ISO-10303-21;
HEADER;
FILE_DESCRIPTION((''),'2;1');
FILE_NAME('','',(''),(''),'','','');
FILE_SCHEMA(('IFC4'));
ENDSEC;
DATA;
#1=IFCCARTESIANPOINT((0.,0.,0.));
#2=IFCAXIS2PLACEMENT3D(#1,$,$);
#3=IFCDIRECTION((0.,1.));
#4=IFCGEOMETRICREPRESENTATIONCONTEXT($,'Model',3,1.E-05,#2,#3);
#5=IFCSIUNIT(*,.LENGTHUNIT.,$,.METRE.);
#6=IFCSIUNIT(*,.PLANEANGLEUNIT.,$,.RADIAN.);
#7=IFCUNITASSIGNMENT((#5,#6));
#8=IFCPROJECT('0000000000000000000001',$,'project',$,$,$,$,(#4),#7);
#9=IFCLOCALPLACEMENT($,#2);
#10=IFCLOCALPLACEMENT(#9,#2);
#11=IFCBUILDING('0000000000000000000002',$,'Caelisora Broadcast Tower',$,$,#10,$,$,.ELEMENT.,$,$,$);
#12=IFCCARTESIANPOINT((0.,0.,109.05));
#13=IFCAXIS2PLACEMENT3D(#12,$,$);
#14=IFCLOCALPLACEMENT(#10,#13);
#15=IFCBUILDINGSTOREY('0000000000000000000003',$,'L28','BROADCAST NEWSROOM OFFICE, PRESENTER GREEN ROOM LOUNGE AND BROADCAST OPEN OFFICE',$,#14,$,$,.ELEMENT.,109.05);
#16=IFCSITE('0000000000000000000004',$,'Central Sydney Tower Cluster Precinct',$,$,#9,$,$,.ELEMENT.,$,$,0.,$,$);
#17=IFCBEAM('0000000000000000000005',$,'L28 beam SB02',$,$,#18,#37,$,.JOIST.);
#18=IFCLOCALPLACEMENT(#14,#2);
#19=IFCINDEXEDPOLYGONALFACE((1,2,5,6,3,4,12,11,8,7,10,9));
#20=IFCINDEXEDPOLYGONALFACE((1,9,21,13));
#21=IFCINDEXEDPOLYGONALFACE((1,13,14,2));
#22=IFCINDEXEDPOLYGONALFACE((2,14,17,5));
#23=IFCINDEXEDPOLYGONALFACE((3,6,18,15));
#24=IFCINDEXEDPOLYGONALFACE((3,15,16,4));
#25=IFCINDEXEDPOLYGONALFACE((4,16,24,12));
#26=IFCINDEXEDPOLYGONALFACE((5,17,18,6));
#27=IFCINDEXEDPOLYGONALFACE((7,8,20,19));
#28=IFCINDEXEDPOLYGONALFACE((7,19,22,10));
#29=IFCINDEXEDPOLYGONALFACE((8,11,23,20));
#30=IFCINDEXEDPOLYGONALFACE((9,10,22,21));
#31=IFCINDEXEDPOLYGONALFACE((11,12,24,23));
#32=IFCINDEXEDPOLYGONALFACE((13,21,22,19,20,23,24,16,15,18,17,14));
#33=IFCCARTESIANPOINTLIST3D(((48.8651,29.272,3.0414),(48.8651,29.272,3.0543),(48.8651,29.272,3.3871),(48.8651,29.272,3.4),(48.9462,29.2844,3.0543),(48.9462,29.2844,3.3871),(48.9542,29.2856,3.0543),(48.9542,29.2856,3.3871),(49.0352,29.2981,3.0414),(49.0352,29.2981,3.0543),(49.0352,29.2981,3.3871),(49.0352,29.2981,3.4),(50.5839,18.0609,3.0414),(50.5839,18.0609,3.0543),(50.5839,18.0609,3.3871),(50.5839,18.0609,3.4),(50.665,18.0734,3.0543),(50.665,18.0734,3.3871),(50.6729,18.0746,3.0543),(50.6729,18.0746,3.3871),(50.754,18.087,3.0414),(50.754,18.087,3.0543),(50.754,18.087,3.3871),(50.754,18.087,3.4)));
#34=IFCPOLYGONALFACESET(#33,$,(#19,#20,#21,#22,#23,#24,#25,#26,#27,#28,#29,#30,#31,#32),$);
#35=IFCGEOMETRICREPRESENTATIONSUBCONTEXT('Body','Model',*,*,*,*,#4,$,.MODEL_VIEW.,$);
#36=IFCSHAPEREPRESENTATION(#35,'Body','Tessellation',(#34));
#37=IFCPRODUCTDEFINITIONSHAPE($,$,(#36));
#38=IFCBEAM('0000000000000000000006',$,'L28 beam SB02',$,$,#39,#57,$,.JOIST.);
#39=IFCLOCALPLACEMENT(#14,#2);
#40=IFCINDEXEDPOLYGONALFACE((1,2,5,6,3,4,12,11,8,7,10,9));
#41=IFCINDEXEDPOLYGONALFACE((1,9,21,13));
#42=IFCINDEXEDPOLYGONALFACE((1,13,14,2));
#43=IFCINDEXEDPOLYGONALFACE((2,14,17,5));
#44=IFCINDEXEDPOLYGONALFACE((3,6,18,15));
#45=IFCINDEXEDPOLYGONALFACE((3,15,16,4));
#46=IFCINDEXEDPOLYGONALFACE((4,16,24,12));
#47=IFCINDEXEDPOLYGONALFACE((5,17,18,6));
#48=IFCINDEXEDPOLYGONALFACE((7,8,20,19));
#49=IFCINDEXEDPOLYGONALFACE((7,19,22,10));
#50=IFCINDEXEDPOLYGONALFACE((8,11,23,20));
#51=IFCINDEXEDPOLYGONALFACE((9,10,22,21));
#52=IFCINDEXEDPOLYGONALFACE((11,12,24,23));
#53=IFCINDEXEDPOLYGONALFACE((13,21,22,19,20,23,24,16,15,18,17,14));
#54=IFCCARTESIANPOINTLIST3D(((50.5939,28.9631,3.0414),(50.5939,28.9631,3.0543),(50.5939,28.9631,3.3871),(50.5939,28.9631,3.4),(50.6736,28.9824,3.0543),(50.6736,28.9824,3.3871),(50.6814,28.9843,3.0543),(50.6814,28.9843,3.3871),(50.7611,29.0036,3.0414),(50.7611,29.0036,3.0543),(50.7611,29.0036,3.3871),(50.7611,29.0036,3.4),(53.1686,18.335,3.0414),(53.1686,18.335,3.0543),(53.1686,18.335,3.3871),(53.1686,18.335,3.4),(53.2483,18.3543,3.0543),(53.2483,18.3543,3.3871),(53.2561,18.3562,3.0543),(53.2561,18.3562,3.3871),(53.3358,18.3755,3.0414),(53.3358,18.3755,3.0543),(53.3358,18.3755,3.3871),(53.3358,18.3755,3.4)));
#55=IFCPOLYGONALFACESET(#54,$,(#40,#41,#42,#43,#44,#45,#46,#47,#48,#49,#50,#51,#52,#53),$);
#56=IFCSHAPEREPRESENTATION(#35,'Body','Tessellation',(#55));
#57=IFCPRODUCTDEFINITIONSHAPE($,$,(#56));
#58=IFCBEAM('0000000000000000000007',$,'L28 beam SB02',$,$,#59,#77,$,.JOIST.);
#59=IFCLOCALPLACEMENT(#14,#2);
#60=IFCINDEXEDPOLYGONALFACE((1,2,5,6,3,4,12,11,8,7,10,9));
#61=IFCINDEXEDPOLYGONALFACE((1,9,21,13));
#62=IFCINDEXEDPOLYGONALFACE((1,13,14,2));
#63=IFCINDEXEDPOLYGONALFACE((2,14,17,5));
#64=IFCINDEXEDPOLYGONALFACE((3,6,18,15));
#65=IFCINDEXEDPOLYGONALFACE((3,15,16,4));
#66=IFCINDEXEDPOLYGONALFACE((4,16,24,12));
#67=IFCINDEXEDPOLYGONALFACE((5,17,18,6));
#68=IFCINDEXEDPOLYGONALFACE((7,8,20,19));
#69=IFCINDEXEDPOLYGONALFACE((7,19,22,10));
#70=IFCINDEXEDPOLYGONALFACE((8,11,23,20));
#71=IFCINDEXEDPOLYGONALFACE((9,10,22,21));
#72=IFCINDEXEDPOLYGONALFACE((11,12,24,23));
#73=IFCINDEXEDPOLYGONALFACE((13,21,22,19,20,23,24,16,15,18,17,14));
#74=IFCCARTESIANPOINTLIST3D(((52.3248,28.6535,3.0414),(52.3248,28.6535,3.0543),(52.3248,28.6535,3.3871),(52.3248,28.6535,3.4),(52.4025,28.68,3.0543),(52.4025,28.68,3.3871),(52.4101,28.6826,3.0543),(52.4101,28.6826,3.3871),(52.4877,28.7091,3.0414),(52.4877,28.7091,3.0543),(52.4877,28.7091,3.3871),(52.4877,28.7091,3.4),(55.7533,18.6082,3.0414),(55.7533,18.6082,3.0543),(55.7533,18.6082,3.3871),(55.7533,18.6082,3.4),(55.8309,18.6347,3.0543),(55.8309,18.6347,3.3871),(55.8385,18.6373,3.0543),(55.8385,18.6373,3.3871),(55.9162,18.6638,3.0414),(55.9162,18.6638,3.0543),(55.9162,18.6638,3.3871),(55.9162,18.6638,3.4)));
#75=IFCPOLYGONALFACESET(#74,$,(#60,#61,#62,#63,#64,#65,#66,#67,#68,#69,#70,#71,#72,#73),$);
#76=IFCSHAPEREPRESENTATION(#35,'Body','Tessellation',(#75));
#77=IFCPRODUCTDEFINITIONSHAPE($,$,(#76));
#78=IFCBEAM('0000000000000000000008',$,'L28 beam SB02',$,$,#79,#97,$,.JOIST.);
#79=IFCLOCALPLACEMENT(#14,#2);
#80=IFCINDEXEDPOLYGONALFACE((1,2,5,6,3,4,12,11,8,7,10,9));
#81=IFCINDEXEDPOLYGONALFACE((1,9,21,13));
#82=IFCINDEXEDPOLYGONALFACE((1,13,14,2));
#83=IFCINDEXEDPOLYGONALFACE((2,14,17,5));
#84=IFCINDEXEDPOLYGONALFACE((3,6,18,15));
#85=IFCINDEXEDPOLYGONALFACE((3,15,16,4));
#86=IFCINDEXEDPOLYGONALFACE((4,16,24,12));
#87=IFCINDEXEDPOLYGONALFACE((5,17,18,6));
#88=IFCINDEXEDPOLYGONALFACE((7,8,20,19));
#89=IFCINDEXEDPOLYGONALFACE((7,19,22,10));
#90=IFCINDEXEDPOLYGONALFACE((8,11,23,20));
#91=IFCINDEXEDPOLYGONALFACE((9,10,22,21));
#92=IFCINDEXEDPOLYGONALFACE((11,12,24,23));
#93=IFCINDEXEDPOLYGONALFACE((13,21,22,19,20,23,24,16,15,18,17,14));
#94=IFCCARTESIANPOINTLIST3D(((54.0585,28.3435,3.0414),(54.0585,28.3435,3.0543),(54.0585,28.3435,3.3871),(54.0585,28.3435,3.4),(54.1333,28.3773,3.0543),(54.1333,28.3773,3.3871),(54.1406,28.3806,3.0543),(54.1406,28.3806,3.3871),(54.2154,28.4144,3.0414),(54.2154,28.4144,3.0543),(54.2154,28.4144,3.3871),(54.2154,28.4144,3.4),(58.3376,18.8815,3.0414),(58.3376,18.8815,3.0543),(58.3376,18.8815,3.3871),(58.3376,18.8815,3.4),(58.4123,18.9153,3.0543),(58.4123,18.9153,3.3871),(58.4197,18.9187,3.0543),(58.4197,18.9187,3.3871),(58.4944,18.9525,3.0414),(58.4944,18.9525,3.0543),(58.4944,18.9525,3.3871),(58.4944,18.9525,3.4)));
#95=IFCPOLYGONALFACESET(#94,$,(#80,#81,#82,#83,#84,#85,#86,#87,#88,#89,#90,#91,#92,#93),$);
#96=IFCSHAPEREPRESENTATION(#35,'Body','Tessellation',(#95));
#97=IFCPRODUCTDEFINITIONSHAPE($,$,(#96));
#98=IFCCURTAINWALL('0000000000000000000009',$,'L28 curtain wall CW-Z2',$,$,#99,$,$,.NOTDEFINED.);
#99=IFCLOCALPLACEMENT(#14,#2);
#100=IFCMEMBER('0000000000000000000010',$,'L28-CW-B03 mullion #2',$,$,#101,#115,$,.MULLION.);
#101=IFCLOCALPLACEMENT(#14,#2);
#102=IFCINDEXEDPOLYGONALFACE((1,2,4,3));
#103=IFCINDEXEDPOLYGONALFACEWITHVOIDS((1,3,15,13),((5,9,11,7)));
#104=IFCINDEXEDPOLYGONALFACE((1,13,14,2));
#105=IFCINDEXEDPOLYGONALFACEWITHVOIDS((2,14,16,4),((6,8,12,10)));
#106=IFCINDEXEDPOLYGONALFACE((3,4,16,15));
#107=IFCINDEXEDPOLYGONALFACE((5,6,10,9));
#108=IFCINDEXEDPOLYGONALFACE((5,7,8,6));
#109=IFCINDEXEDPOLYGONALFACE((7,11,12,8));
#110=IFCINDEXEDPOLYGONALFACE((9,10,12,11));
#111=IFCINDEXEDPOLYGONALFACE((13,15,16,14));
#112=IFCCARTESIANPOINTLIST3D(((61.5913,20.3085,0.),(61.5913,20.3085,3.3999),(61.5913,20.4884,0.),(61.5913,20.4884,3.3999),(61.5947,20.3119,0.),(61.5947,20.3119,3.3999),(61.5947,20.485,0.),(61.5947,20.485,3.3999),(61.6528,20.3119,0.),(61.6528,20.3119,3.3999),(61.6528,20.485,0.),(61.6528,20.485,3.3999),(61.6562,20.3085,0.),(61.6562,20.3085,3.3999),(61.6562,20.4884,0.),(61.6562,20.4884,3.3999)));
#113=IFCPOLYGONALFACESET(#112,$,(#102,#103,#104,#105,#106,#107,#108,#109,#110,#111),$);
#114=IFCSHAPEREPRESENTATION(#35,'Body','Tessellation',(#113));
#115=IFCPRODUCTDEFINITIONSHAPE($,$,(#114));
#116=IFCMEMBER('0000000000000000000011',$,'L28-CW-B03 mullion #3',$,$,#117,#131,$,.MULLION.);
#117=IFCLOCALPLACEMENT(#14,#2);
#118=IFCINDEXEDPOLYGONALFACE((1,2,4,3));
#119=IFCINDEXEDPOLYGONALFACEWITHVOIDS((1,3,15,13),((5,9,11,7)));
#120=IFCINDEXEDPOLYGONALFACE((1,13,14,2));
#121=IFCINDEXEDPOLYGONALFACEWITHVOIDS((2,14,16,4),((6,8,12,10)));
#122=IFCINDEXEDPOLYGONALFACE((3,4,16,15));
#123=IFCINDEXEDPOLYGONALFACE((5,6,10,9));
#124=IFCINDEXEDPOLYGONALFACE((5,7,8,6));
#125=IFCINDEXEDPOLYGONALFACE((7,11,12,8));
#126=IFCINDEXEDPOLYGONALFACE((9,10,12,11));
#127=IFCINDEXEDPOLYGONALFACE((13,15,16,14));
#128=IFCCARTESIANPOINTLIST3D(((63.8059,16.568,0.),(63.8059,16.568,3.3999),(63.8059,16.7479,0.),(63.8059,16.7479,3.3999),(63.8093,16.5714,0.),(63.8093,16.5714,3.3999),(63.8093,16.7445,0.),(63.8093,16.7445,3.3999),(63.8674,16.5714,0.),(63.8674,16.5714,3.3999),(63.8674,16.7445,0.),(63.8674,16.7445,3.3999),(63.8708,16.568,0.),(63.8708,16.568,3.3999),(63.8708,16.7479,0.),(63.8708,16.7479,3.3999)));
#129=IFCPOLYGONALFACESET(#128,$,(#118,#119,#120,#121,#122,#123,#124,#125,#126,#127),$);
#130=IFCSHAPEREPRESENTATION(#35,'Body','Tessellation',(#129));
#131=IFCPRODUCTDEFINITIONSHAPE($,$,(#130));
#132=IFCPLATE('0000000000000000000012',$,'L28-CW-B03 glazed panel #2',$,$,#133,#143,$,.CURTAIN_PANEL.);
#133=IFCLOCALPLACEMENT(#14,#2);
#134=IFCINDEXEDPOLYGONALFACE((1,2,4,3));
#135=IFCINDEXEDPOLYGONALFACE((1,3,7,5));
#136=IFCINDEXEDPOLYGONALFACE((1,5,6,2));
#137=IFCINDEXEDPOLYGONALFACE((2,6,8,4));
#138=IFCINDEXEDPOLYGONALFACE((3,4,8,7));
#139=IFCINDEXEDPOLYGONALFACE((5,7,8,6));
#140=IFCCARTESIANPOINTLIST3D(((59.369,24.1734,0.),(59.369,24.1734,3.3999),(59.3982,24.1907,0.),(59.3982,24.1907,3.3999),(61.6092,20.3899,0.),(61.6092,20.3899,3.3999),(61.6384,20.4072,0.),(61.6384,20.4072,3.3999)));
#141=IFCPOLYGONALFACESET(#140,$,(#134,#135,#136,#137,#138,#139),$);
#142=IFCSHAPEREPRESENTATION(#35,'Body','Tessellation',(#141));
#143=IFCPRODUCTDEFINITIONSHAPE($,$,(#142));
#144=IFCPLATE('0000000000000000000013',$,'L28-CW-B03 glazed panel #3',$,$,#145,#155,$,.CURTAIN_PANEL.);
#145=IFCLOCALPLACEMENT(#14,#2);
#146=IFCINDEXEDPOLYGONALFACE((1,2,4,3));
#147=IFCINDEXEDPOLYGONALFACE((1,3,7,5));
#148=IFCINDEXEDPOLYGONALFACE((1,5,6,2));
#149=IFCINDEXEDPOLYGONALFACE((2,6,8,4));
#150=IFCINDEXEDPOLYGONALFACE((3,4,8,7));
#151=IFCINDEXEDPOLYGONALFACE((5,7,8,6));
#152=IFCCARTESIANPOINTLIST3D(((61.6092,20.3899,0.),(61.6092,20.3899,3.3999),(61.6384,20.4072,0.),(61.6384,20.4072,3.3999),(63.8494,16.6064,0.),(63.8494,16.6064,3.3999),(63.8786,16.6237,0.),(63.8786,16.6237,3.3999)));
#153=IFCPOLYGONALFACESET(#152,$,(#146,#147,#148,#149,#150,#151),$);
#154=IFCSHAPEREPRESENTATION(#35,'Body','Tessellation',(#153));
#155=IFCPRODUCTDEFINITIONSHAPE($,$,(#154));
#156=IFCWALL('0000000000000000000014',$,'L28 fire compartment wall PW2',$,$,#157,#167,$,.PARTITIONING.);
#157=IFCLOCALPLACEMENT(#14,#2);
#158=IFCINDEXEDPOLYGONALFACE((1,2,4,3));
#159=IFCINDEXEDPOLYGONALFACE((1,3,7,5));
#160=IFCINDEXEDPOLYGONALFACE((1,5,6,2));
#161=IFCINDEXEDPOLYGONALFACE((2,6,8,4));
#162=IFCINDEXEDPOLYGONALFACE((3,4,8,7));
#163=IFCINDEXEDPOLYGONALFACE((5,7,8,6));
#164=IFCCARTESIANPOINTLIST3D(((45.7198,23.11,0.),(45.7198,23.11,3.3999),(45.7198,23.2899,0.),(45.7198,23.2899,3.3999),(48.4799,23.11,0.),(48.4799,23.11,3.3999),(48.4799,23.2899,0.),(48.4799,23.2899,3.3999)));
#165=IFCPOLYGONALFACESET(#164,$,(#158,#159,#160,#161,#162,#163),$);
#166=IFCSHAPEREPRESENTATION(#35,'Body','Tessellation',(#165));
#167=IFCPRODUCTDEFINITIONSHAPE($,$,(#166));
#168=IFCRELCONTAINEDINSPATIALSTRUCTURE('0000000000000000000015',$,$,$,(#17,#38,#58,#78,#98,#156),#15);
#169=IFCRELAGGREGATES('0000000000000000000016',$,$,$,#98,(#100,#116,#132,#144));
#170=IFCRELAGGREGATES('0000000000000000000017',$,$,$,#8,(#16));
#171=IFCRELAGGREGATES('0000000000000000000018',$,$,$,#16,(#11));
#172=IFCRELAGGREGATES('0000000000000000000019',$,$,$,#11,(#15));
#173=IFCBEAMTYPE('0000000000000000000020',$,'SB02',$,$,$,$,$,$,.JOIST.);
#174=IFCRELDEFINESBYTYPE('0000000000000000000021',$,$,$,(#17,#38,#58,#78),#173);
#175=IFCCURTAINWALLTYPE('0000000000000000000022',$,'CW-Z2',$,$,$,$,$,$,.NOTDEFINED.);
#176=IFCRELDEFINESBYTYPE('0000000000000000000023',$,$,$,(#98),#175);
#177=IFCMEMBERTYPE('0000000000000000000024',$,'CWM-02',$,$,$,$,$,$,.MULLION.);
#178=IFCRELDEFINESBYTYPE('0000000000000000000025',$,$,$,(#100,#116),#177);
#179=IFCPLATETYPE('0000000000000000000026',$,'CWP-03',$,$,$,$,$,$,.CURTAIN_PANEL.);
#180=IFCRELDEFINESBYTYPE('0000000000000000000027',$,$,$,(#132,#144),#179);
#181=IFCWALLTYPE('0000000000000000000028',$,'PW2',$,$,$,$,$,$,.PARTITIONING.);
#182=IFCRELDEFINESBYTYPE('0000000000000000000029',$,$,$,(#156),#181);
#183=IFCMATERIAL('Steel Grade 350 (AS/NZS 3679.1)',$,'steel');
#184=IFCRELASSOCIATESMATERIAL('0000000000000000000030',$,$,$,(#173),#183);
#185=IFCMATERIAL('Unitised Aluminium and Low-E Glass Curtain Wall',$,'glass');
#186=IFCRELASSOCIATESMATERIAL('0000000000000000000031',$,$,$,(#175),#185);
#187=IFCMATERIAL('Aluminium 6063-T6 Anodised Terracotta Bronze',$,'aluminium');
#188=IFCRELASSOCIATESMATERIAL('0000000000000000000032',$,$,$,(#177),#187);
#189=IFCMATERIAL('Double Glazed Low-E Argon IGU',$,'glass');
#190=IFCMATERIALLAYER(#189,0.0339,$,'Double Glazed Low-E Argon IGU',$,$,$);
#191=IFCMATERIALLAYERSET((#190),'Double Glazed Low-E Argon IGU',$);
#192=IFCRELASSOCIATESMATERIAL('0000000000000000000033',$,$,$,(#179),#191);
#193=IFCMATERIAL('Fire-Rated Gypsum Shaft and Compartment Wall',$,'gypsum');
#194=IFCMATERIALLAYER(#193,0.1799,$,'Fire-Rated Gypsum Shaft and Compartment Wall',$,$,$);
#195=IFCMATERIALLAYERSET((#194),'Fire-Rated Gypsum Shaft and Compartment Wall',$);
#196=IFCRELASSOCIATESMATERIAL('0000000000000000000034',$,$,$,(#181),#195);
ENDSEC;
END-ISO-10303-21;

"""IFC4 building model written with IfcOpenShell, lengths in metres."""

from ifc_helpers import new_model, si_unit, direction, frame, frame_2d, origin, origin_2d, place, context, subcontext, project, spatial, rectangle, hollow_rectangle, i_section, extrude, source, transform, mapped, material, layer, layer_set, material_profile, profile_set, type_object, type_shapes, element, aggregate, save


model = new_model("IFC4")

# Units and contexts
model_context = context("Model", 3, precision=1e-05, world=origin(), true_north=direction((0.0, 1.0)))
body_context = subcontext(model_context, "Body", "Model", "MODEL_VIEW")
ifc_project = project(units=[si_unit("LENGTHUNIT", "METRE"), si_unit("PLANEANGLEUNIT", "RADIAN")], contexts=[model_context])

# Site, building, storey
site_placement = place(None, origin())
site = spatial("IfcSite", under=ifc_project, at=site_placement, Name="Central Sydney Tower Cluster Precinct", CompositionType="ELEMENT", RefElevation=0.0)
building_placement = place(site_placement, origin())
building = spatial("IfcBuilding", under=site, at=building_placement, Name="Caelisora Broadcast Tower", CompositionType="ELEMENT")
storey_placement = place(building_placement, frame((0.0, 0.0, 109.05)))
storey = spatial("IfcBuildingStorey", under=building, at=storey_placement, Name="L28", Description="BROADCAST NEWSROOM OFFICE, PRESENTER GREEN ROOM LOUNGE AND BROADCAST OPEN OFFICE", CompositionType="ELEMENT", Elevation=109.05)

# Beams
ifc_material_1 = material(Name="Steel Grade 350 (AS/NZS 3679.1)", Category="steel")
ifc_material_profile_1 = material_profile(ifc_material_1, i_section(OverallWidth=0.1721, OverallDepth=0.3586, WebThickness=0.0081, FlangeThickness=0.0129, at=origin_2d()), Name="Steel Grade 350 (AS/NZS 3679.1)")
ifc_profile_set_1 = profile_set([ifc_material_profile_1], Name="Steel Grade 350 (AS/NZS 3679.1)")
beam_type_1 = type_object("IfcBeamType", Name="SB02", PredefinedType="JOIST", material=ifc_profile_set_1)
shared_shape_1 = source(origin(), body_context, "Body", "SweptSolid", [
    extrude(i_section(OverallWidth=0.1721, OverallDepth=0.3586, WebThickness=0.0081, FlangeThickness=0.0129, at=origin_2d()), origin(), (0.0, 0.0, 1.0), 11.342),
])
beam_1_placement = place(storey_placement, frame((50.6689, 18.074, 3.2207), z_axis=(-0.15154, 0.988451, 0.0), x_axis=(-0.988451, -0.15154, 0.0)))
element("IfcBeam", 1, at=beam_1_placement, inside=storey, type_object=beam_type_1, Name="L28 beam SB02", PredefinedType="JOIST", context=body_context, shape_type="MappedRepresentation", body=[
    mapped(shared_shape_1, transform((0.0, 0.0, 0.0), scale=1.0)),
])
shared_shape_2 = source(origin(), body_context, "Body", "SweptSolid", [
    extrude(i_section(OverallWidth=0.1721, OverallDepth=0.3586, WebThickness=0.0081, FlangeThickness=0.0129, at=origin_2d()), origin(), (0.0, 0.0, 1.0), 10.9355),
])
beam_2_placement = place(storey_placement, frame((53.2522, 18.3552, 3.2207), z_axis=(-0.235443, 0.971888, 0.0), x_axis=(-0.971888, -0.235443, 0.0)))
element("IfcBeam", 2, at=beam_2_placement, inside=storey, type_object=beam_type_1, Name="L28 beam SB02", PredefinedType="JOIST", context=body_context, shape_type="MappedRepresentation", body=[
    mapped(shared_shape_2, transform((0.0, 0.0, 0.0), scale=1.0)),
])
shared_shape_3 = source(origin(), body_context, "Body", "SweptSolid", [
    extrude(i_section(OverallWidth=0.1721, OverallDepth=0.3586, WebThickness=0.0081, FlangeThickness=0.0129, at=origin_2d()), origin(), (0.0, 0.0, 1.0), 10.6143),
])
beam_3_placement = place(storey_placement, frame((55.8347, 18.636, 3.2207), z_axis=(-0.323003, 0.946398, 0.0), x_axis=(-0.946398, -0.323003, 0.0)))
element("IfcBeam", 3, at=beam_3_placement, inside=storey, type_object=beam_type_1, Name="L28 beam SB02", PredefinedType="JOIST", context=body_context, shape_type="MappedRepresentation", body=[
    mapped(shared_shape_3, transform((0.0, 0.0, 0.0), scale=1.0)),
])
shared_shape_4 = source(origin(), body_context, "Body", "SweptSolid", [
    extrude(i_section(OverallWidth=0.1721, OverallDepth=0.3586, WebThickness=0.0081, FlangeThickness=0.0129, at=origin_2d()), origin(), (0.0, 0.0, 1.0), 10.3845),
])
beam_4_placement = place(storey_placement, frame((58.416, 18.917, 3.2207), z_axis=(-0.412061, 0.911156, 0.0), x_axis=(-0.911156, -0.412061, 0.0)))
element("IfcBeam", 4, at=beam_4_placement, inside=storey, type_object=beam_type_1, Name="L28 beam SB02", PredefinedType="JOIST", context=body_context, shape_type="MappedRepresentation", body=[
    mapped(shared_shape_4, transform((0.0, 0.0, 0.0), scale=1.0)),
])

# Curtain wall, members, plates
ifc_material_2 = material(Name="Unitised Aluminium and Low-E Glass Curtain Wall", Category="glass")
curtain_wall_type = type_object("IfcCurtainWallType", Name="CW-Z2", PredefinedType="NOTDEFINED", material=ifc_material_2)
curtain_wall_placement = place(storey_placement, origin())
curtain_wall = element("IfcCurtainWall", 5, at=curtain_wall_placement, inside=storey, type_object=curtain_wall_type, Name="L28 curtain wall CW-Z2", PredefinedType="NOTDEFINED")
ifc_material_3 = material(Name="Aluminium 6063-T6 Anodised Terracotta Bronze", Category="aluminium")
ifc_material_profile_2 = material_profile(ifc_material_3, hollow_rectangle(XDim=0.0649, YDim=0.1799, WallThickness=0.0034, at=origin_2d()), Name="Aluminium 6063-T6 Anodised Terracotta Bronze")
ifc_profile_set_2 = profile_set([ifc_material_profile_2], Name="Aluminium 6063-T6 Anodised Terracotta Bronze")
member_type = type_object("IfcMemberType", Name="CWM-02", PredefinedType="MULLION", material=ifc_profile_set_2)
shared_shape_5 = source(origin(), body_context, "Body", "SweptSolid", [
    extrude(hollow_rectangle(XDim=0.0649, YDim=0.1799, WallThickness=0.0034, at=origin_2d()), origin(), (0.0, 0.0, 1.0), 3.3999),
])
type_shapes(member_type, [shared_shape_5])
member_1_placement = place(storey_placement, frame((61.6238, 20.3984, 0.0), z_axis=(0.0, 0.0, 1.0), x_axis=(1.0, 0.0, 0.0)))
member_1 = element("IfcMember", 6, at=member_1_placement, type_object=member_type, Name="L28-CW-B03 mullion #2", PredefinedType="MULLION", context=body_context, shape_type="MappedRepresentation", body=[
    mapped(shared_shape_5, transform((0.0, 0.0, 0.0), scale=1.0)),
])
member_2_placement = place(storey_placement, frame((63.8384, 16.658, 0.0), z_axis=(0.0, 0.0, 1.0), x_axis=(1.0, 0.0, 0.0)))
member_2 = element("IfcMember", 7, at=member_2_placement, type_object=member_type, Name="L28-CW-B03 mullion #3", PredefinedType="MULLION", context=body_context, shape_type="MappedRepresentation", body=[
    mapped(shared_shape_5, transform((0.0, 0.0, 0.0), scale=1.0)),
])
ifc_material_4 = material(Name="Double Glazed Low-E Argon IGU", Category="glass")
ifc_layer_1 = layer(ifc_material_4, 0.0339, Name="Double Glazed Low-E Argon IGU")
ifc_layer_set_1 = layer_set([ifc_layer_1], Name="Double Glazed Low-E Argon IGU")
plate_type = type_object("IfcPlateType", Name="CWP-03", PredefinedType="CURTAIN_PANEL", material=ifc_layer_set_1)
shared_shape_6 = source(origin(), body_context, "Body", "SweptSolid", [
    extrude(rectangle(XDim=4.397, YDim=0.0339, at=origin_2d()), origin(), (0.0, 0.0, 1.0), 3.3999),
])
type_shapes(plate_type, [shared_shape_6])
plate_1_placement = place(storey_placement, frame((60.5037, 22.2903, 0.0), z_axis=(0.0, 0.0, 1.0), x_axis=(0.509492, -0.860475, 0.0)))
plate_1 = element("IfcPlate", 8, at=plate_1_placement, type_object=plate_type, Name="L28-CW-B03 glazed panel #2", PredefinedType="CURTAIN_PANEL", context=body_context, shape_type="MappedRepresentation", body=[
    mapped(shared_shape_6, transform((0.0, 0.0, 0.0), scale=1.0)),
])
plate_2_placement = place(storey_placement, frame((62.7439, 18.5068, 0.0), z_axis=(0.0, 0.0, 1.0), x_axis=(0.509492, -0.860475, 0.0)))
plate_2 = element("IfcPlate", 9, at=plate_2_placement, type_object=plate_type, Name="L28-CW-B03 glazed panel #3", PredefinedType="CURTAIN_PANEL", context=body_context, shape_type="MappedRepresentation", body=[
    mapped(shared_shape_6, transform((0.0, 0.0, 0.0), scale=1.0)),
])
aggregate(curtain_wall, [member_1, member_2, plate_1, plate_2])

# Wall
ifc_material_5 = material(Name="Fire-Rated Gypsum Shaft and Compartment Wall", Category="gypsum")
ifc_layer_2 = layer(ifc_material_5, 0.1799, Name="Fire-Rated Gypsum Shaft and Compartment Wall")
ifc_layer_set_2 = layer_set([ifc_layer_2], Name="Fire-Rated Gypsum Shaft and Compartment Wall")
wall_type_1 = type_object("IfcWallType", Name="PW2", PredefinedType="PARTITIONING", material=ifc_layer_set_2)
wall_1_placement = place(storey_placement, frame((45.72, 23.2, 0.0), z_axis=(0.0, 0.0, 1.0), x_axis=(1.0, 0.0, 0.0)))
element("IfcWall", 10, at=wall_1_placement, inside=storey, type_object=wall_type_1, Name="L28 fire compartment wall PW2", PredefinedType="PARTITIONING", context=body_context, shape_type="SweptSolid", body=[
    extrude(rectangle(XDim=2.76, YDim=0.1799, at=frame_2d((1.3799, 0.0))), origin(), (0.0, 0.0, 1.0), 3.3999),
])

save(model, "model.ifc")
